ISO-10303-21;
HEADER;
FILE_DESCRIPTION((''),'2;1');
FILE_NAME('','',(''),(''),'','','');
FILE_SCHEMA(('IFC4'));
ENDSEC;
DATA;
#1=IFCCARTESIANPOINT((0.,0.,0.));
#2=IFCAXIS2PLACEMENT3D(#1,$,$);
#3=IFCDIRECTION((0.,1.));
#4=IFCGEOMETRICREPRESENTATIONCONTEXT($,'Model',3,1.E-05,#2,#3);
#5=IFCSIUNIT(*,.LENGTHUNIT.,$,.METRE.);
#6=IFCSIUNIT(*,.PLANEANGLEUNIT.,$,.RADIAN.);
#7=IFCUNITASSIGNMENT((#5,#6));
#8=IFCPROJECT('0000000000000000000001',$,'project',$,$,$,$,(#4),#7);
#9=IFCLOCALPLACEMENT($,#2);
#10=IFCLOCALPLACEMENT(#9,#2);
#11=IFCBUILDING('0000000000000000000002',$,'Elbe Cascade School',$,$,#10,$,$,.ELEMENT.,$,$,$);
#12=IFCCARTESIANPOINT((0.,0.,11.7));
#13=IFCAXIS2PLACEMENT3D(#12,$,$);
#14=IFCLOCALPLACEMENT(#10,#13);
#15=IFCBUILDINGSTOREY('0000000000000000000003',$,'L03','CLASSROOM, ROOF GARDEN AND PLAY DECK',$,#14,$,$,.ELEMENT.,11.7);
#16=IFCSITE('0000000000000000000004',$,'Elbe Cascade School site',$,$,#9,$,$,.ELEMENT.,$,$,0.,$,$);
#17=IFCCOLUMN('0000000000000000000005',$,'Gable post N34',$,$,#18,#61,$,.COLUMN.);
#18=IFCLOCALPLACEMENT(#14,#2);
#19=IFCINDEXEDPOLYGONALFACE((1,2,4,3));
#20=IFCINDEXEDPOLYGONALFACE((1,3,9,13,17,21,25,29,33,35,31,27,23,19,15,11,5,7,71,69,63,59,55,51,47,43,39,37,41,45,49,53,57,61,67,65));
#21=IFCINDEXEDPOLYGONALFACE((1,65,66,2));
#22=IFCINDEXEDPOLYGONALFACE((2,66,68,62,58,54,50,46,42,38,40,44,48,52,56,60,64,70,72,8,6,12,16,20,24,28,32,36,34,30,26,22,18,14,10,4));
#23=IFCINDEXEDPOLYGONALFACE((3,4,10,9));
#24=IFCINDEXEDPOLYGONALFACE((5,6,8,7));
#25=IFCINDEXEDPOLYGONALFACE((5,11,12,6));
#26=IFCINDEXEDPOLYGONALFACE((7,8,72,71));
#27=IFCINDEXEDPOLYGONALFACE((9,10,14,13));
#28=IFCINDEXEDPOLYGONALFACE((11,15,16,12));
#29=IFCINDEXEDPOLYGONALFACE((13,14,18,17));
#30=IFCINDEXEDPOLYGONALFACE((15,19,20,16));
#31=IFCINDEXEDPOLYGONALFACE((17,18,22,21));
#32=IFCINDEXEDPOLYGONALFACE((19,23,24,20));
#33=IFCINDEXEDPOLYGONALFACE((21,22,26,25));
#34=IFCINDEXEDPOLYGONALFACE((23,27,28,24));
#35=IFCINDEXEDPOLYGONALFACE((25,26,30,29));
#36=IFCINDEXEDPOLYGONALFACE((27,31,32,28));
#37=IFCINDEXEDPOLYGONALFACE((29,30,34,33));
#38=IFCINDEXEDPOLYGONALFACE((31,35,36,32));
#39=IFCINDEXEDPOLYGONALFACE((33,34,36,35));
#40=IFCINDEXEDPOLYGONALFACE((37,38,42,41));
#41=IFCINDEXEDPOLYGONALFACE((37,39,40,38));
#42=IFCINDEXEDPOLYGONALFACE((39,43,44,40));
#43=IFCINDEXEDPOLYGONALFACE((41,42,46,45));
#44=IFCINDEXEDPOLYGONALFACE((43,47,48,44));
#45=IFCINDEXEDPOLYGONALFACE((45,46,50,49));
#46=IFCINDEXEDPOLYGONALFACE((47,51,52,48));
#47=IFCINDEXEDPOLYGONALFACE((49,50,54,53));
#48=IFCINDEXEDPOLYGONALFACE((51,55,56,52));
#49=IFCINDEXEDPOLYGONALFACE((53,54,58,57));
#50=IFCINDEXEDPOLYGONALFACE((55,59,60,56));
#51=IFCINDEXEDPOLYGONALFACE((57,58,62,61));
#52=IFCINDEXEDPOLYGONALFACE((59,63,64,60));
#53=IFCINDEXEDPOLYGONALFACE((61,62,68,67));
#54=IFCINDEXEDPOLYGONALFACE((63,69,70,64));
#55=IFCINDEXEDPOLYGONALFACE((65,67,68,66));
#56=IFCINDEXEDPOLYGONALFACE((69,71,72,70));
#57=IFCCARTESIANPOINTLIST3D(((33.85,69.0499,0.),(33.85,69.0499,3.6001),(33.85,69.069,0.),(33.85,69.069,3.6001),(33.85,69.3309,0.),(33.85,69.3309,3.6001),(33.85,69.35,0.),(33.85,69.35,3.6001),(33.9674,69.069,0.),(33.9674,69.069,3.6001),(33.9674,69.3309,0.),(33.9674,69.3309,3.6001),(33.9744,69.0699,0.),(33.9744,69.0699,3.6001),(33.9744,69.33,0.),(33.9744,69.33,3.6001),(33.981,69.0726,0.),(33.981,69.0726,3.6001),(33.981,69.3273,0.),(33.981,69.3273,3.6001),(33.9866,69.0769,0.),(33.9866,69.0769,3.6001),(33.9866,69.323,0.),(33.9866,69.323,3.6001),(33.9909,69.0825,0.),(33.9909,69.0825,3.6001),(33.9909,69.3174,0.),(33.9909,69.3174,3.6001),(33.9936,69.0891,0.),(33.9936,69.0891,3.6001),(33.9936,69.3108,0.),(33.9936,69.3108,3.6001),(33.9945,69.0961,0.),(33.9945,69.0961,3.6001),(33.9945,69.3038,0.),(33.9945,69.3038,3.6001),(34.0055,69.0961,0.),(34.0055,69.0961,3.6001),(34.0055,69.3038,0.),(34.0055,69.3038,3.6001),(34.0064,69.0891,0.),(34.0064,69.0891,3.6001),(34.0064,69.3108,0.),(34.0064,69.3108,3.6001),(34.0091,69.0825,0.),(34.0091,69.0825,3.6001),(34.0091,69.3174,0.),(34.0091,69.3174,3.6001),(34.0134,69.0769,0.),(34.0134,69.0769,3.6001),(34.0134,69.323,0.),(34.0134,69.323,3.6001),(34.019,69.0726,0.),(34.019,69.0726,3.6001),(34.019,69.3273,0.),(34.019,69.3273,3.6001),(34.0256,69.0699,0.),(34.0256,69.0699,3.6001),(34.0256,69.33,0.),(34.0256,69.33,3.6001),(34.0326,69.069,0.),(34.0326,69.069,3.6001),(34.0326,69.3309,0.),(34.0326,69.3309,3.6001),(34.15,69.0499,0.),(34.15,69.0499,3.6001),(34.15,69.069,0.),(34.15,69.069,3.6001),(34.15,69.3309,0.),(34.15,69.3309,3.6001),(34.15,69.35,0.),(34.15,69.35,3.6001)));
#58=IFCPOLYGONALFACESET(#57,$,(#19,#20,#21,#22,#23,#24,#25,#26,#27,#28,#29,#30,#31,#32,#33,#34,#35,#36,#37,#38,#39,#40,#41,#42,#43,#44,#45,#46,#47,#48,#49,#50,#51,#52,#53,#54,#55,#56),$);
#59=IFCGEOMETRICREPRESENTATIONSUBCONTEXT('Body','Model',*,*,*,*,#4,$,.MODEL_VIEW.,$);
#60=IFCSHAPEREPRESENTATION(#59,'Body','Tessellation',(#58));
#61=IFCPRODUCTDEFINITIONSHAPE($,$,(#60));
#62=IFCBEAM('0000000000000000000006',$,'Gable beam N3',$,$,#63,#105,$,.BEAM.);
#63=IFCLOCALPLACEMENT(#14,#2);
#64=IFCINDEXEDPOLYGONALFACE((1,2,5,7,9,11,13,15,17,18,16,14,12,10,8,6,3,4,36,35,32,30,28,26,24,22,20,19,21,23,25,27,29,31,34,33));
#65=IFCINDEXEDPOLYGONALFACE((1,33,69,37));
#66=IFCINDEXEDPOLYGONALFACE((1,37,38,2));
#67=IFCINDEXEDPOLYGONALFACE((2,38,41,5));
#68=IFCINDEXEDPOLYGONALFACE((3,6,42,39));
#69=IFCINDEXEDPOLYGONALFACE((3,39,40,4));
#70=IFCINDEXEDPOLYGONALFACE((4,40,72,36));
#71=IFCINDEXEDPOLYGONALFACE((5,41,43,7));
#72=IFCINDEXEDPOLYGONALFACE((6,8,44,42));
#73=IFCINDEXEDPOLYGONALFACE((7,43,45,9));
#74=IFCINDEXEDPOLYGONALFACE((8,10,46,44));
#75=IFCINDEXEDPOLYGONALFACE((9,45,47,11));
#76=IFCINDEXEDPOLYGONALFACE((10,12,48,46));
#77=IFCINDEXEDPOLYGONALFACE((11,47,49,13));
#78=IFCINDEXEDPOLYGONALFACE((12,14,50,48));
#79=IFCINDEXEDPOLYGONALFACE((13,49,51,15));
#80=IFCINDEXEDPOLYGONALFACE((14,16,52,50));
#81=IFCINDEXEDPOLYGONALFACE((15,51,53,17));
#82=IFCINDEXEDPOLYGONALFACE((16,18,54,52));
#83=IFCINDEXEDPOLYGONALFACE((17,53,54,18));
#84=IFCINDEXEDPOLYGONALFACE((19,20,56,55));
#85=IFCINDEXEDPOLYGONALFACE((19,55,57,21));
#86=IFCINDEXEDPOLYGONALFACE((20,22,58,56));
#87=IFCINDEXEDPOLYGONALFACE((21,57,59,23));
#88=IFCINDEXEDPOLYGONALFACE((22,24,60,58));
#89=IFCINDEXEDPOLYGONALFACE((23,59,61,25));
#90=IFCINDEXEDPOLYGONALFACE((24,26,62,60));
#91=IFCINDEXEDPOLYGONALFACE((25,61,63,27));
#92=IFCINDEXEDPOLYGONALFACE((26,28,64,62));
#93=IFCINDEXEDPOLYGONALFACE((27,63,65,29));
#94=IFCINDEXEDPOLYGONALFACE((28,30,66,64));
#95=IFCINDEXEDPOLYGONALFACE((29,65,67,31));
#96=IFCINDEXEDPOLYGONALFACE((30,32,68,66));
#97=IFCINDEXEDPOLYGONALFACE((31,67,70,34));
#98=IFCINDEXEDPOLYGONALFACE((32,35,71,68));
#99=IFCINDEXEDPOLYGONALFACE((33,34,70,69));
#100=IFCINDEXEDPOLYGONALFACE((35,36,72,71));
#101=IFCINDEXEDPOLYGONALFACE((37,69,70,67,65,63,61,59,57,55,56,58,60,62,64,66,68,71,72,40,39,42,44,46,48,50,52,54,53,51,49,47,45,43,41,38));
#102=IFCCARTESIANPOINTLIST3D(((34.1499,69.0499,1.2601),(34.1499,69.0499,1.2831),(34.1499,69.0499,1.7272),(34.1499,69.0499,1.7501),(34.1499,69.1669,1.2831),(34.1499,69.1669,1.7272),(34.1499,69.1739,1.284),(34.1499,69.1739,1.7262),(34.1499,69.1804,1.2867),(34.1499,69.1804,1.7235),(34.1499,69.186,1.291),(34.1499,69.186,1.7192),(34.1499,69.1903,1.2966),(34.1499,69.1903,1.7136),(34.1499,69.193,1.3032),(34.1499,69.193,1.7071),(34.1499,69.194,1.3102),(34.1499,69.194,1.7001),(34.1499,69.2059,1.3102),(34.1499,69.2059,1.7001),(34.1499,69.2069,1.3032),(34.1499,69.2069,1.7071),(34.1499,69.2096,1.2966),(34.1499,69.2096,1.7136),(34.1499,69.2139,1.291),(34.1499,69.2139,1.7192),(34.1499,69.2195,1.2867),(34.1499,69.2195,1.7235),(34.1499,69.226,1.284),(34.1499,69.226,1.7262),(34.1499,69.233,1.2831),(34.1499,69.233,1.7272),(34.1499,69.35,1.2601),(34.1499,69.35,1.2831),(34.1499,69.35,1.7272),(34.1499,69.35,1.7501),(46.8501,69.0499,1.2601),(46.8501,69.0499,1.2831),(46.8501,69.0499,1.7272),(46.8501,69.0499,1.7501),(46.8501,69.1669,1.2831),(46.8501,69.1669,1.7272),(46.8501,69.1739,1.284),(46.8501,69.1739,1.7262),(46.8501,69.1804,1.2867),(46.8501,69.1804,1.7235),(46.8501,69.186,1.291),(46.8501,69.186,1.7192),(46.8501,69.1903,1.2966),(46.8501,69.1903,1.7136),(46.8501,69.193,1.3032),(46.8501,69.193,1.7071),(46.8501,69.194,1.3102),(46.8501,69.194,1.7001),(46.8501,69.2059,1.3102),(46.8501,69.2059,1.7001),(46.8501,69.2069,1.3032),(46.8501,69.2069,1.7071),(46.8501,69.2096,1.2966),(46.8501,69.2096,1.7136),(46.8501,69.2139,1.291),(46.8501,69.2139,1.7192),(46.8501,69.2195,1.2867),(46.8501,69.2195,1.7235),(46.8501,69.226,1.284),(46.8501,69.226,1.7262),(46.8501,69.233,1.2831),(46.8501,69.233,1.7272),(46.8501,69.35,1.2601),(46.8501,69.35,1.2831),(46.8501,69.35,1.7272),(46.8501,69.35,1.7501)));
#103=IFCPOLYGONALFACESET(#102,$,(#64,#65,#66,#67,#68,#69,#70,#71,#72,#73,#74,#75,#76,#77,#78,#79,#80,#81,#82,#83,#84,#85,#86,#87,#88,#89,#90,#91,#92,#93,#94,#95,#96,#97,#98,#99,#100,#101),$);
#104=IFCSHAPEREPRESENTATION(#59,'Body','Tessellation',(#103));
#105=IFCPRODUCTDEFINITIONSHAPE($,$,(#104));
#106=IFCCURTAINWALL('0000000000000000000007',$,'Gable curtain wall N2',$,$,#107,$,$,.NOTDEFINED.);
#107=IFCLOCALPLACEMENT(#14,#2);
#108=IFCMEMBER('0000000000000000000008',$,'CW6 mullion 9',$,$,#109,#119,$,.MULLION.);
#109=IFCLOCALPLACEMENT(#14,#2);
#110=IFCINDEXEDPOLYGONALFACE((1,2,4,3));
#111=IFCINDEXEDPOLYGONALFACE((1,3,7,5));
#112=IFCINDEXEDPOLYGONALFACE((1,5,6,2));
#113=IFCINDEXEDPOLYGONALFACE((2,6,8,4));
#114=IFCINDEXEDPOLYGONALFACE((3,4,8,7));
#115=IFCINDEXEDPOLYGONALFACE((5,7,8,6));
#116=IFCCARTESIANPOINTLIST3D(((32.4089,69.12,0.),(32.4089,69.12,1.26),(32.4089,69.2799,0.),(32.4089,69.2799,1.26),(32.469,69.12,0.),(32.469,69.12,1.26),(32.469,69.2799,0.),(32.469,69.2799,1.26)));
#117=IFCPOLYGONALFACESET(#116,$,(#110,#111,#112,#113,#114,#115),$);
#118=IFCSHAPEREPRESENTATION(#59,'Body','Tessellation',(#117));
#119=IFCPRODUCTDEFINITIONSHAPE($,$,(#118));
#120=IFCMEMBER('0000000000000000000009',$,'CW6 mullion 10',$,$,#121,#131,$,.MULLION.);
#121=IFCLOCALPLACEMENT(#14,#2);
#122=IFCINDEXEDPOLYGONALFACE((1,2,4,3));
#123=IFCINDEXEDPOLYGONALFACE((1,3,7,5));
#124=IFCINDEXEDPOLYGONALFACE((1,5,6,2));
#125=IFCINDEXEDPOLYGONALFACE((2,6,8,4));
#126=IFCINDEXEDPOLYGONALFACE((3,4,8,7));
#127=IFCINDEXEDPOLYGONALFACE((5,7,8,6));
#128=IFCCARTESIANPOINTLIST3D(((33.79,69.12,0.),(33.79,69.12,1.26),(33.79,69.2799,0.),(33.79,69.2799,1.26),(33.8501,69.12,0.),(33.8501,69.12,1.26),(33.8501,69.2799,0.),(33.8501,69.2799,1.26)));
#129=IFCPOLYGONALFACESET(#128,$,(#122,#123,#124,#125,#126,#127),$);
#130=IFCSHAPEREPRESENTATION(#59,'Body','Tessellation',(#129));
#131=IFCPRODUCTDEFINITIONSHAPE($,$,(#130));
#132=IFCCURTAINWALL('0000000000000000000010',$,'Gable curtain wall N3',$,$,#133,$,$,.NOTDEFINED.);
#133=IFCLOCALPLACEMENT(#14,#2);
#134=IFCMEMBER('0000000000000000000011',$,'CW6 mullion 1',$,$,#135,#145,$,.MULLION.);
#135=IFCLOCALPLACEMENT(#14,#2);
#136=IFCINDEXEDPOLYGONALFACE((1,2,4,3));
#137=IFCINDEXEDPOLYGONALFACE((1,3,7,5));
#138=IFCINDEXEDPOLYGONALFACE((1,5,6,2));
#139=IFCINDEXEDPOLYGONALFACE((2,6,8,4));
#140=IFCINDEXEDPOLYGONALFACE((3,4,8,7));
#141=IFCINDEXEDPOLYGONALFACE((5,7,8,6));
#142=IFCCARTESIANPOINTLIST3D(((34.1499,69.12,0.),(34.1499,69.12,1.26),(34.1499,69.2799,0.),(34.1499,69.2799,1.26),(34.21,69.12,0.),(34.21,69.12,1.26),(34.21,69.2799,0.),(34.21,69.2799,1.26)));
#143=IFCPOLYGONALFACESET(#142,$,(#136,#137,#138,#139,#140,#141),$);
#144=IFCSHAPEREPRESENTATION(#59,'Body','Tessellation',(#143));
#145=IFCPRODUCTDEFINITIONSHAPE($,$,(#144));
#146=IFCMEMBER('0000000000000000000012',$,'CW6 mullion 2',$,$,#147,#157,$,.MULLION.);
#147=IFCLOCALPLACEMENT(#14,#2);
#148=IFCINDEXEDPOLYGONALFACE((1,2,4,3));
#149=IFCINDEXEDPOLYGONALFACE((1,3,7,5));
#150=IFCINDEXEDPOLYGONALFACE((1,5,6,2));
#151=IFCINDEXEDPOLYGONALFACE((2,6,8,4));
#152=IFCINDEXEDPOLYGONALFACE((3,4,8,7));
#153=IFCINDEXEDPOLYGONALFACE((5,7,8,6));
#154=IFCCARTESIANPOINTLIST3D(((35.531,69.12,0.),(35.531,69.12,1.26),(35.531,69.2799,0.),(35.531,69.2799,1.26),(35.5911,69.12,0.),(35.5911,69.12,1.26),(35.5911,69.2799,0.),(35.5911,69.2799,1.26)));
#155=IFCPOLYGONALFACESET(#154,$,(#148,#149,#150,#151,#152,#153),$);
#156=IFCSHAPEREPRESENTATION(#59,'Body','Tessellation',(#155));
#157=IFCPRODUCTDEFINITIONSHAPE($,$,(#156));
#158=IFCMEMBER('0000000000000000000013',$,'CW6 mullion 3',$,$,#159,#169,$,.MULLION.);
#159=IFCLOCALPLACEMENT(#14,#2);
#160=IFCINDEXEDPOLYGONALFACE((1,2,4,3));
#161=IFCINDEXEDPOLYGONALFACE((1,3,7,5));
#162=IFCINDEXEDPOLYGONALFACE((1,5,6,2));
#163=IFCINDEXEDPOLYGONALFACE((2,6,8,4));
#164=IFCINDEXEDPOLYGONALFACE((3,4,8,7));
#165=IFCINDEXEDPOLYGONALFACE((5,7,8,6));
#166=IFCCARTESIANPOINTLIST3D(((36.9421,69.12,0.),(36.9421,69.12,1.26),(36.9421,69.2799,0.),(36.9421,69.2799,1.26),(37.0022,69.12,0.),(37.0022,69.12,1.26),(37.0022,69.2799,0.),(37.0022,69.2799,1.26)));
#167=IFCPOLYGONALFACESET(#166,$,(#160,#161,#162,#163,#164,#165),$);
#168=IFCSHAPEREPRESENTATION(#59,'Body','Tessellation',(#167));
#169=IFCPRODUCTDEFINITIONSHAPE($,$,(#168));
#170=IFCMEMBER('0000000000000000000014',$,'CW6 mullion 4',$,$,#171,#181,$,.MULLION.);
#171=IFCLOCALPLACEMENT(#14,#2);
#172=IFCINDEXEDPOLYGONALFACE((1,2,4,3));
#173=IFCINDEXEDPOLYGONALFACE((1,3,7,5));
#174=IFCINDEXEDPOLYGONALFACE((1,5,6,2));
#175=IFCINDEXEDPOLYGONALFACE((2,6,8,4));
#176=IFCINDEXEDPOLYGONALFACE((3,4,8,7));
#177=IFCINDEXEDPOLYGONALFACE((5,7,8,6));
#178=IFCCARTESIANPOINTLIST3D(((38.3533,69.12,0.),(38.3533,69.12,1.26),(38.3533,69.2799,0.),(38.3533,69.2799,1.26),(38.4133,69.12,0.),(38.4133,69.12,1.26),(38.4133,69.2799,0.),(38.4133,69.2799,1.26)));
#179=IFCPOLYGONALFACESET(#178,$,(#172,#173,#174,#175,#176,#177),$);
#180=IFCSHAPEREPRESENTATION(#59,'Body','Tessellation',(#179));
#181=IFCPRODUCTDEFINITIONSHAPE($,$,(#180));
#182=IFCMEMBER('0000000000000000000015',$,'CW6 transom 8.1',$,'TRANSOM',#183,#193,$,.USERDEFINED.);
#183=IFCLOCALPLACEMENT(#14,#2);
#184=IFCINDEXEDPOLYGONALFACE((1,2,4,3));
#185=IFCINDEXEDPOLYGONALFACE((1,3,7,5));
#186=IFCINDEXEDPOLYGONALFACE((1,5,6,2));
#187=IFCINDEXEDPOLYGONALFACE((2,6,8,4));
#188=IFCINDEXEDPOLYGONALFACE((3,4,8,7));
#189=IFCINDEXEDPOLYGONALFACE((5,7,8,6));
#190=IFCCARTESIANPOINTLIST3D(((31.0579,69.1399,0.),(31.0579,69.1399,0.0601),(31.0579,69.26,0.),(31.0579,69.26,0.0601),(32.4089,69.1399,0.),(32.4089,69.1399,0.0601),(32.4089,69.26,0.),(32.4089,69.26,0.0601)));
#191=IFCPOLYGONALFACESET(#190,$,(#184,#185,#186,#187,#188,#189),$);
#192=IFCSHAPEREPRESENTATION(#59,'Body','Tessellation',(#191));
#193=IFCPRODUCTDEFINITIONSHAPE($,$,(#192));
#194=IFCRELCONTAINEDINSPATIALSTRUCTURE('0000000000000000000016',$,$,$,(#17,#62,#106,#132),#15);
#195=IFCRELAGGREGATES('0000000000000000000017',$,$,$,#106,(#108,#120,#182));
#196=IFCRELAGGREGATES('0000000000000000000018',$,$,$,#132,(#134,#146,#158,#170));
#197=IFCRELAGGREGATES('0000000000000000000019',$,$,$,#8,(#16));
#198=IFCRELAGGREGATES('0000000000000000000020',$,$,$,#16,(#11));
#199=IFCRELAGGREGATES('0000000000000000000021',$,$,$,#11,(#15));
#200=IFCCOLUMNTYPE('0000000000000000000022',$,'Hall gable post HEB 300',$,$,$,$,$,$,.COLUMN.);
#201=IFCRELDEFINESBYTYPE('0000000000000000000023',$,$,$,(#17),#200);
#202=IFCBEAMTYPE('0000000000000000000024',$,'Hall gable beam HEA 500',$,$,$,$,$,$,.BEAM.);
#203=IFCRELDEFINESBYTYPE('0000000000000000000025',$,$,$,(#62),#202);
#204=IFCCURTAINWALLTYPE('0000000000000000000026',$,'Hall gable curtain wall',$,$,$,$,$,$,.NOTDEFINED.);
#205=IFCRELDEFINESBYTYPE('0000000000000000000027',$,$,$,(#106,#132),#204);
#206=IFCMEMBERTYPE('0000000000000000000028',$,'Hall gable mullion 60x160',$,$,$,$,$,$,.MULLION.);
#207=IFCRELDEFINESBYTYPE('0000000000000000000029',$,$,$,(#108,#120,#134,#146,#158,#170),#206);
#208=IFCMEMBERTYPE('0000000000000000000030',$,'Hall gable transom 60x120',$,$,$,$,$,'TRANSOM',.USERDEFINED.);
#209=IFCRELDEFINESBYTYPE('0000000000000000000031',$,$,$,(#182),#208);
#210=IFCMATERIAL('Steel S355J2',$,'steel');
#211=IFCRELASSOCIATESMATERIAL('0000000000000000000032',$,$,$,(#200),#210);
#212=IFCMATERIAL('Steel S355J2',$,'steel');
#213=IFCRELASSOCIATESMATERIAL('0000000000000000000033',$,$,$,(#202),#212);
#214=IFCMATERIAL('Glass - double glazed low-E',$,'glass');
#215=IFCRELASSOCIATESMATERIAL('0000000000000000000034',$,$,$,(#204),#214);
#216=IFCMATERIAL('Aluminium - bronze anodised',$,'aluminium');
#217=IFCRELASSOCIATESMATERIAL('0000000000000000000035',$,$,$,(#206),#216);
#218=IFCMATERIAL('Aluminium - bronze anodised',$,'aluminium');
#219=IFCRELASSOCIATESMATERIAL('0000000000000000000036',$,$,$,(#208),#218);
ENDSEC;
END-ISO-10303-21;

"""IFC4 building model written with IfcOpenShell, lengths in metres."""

from ifc_helpers import new_model, si_unit, direction, frame, origin, origin_2d, place, context, subcontext, project, spatial, rectangle, i_section, extrude, material, material_profile, profile_set, type_object, element, aggregate, save


model = new_model("IFC4")

# Units and contexts
model_context = context("Model", 3, precision=1e-05, world=origin(), true_north=direction((0.0, 1.0)))
body_context = subcontext(model_context, "Body", "Model", "MODEL_VIEW")
ifc_project = project(units=[si_unit("LENGTHUNIT", "METRE"), si_unit("PLANEANGLEUNIT", "RADIAN")], contexts=[model_context])

# Site, building, storey
site_placement = place(None, origin())
site = spatial("IfcSite", under=ifc_project, at=site_placement, Name="Elbe Cascade School site", CompositionType="ELEMENT", RefElevation=0.0)
building_placement = place(site_placement, origin())
building = spatial("IfcBuilding", under=site, at=building_placement, Name="Elbe Cascade School", CompositionType="ELEMENT")
storey_placement = place(building_placement, frame((0.0, 0.0, 11.7)))
storey = spatial("IfcBuildingStorey", under=building, at=storey_placement, Name="L03", Description="CLASSROOM, ROOF GARDEN AND PLAY DECK", CompositionType="ELEMENT", Elevation=11.7)

# Column
ifc_material_1 = material(Name="Steel S355J2", Category="steel")
ifc_material_profile_1 = material_profile(ifc_material_1, i_section(OverallWidth=0.3, OverallDepth=0.3, WebThickness=0.011, FlangeThickness=0.019, FilletRadius=0.0271, at=origin_2d()), Name="HEB 300")
ifc_profile_set_1 = profile_set([ifc_material_profile_1], Name="Steel S355J2")
column_type = type_object("IfcColumnType", Name="Hall gable post HEB 300", PredefinedType="COLUMN", material=ifc_profile_set_1)
column_placement = place(storey_placement, frame((34.0, 69.2, 0.0), z_axis=(0.0, 0.0, 1.0), x_axis=(1.0, 0.0, 0.0)))
element("IfcColumn", 1, at=column_placement, inside=storey, type_object=column_type, Name="Gable post N34", PredefinedType="COLUMN", context=body_context, shape_type="SweptSolid", body=[
    extrude(i_section(OverallWidth=0.3, OverallDepth=0.3, WebThickness=0.011, FlangeThickness=0.019, FilletRadius=0.0271, at=origin_2d()), origin(), (0.0, 0.0, 1.0), 3.6001),
])

# Beam
ifc_material_2 = material(Name="Steel S355J2", Category="steel")
ifc_material_profile_2 = material_profile(ifc_material_2, i_section(OverallWidth=0.3, OverallDepth=0.49, WebThickness=0.012, FlangeThickness=0.0229, FilletRadius=0.0271, at=origin_2d()), Name="HEA 500")
ifc_profile_set_2 = profile_set([ifc_material_profile_2], Name="Steel S355J2")
beam_type = type_object("IfcBeamType", Name="Hall gable beam HEA 500", PredefinedType="BEAM", material=ifc_profile_set_2)
beam_placement = place(storey_placement, frame((34.1499, 69.2, 1.5051), z_axis=(1.0, 0.0, 0.0), x_axis=(0.0, 1.0, 0.0)))
element("IfcBeam", 2, at=beam_placement, inside=storey, type_object=beam_type, Name="Gable beam N3", PredefinedType="BEAM", context=body_context, shape_type="SweptSolid", body=[
    extrude(i_section(OverallWidth=0.3, OverallDepth=0.49, WebThickness=0.012, FlangeThickness=0.0229, FilletRadius=0.0271, at=origin_2d()), origin(), (0.0, 0.0, 1.0), 12.7002),
])

# Curtain walls, members
ifc_material_3 = material(Name="Glass - double glazed low-E", Category="glass")
curtain_wall_type = type_object("IfcCurtainWallType", Name="Hall gable curtain wall", PredefinedType="NOTDEFINED", material=ifc_material_3)
curtain_wall_1_placement = place(storey_placement, origin())
curtain_wall_1 = element("IfcCurtainWall", 3, at=curtain_wall_1_placement, inside=storey, type_object=curtain_wall_type, Name="Gable curtain wall N2", PredefinedType="NOTDEFINED")
ifc_material_4 = material(Name="Aluminium - bronze anodised", Category="aluminium")
ifc_material_profile_3 = material_profile(ifc_material_4, rectangle(XDim=0.1599, YDim=0.0601, at=origin_2d()), Name="Alu 60x160")
ifc_profile_set_3 = profile_set([ifc_material_profile_3], Name="Aluminium - bronze anodised")
member_type_1 = type_object("IfcMemberType", Name="Hall gable mullion 60x160", PredefinedType="MULLION", material=ifc_profile_set_3)
member_1_placement = place(storey_placement, frame((32.439, 69.2, 0.0), z_axis=(0.0, 0.0, 1.0), x_axis=(0.0, 1.0, 0.0)))
member_1 = element("IfcMember", 4, at=member_1_placement, type_object=member_type_1, Name="CW6 mullion 9", PredefinedType="MULLION", context=body_context, shape_type="SweptSolid", body=[
    extrude(rectangle(XDim=0.1599, YDim=0.0601, at=origin_2d()), origin(), (0.0, 0.0, 1.0), 1.26),
])
member_2_placement = place(storey_placement, frame((33.8201, 69.2, 0.0), z_axis=(0.0, 0.0, 1.0), x_axis=(0.0, 1.0, 0.0)))
member_2 = element("IfcMember", 5, at=member_2_placement, type_object=member_type_1, Name="CW6 mullion 10", PredefinedType="MULLION", context=body_context, shape_type="SweptSolid", body=[
    extrude(rectangle(XDim=0.1599, YDim=0.0601, at=origin_2d()), origin(), (0.0, 0.0, 1.0), 1.26),
])
curtain_wall_2_placement = place(storey_placement, origin())
curtain_wall_2 = element("IfcCurtainWall", 6, at=curtain_wall_2_placement, inside=storey, type_object=curtain_wall_type, Name="Gable curtain wall N3", PredefinedType="NOTDEFINED")
member_3_placement = place(storey_placement, frame((34.1799, 69.2, 0.0), z_axis=(0.0, 0.0, 1.0), x_axis=(0.0, 1.0, 0.0)))
member_3 = element("IfcMember", 7, at=member_3_placement, type_object=member_type_1, Name="CW6 mullion 1", PredefinedType="MULLION", context=body_context, shape_type="SweptSolid", body=[
    extrude(rectangle(XDim=0.1599, YDim=0.0601, at=origin_2d()), origin(), (0.0, 0.0, 1.0), 1.26),
])
member_4_placement = place(storey_placement, frame((35.561, 69.2, 0.0), z_axis=(0.0, 0.0, 1.0), x_axis=(0.0, 1.0, 0.0)))
member_4 = element("IfcMember", 8, at=member_4_placement, type_object=member_type_1, Name="CW6 mullion 2", PredefinedType="MULLION", context=body_context, shape_type="SweptSolid", body=[
    extrude(rectangle(XDim=0.1599, YDim=0.0601, at=origin_2d()), origin(), (0.0, 0.0, 1.0), 1.26),
])
member_5_placement = place(storey_placement, frame((36.9722, 69.2, 0.0), z_axis=(0.0, 0.0, 1.0), x_axis=(0.0, 1.0, 0.0)))
member_5 = element("IfcMember", 9, at=member_5_placement, type_object=member_type_1, Name="CW6 mullion 3", PredefinedType="MULLION", context=body_context, shape_type="SweptSolid", body=[
    extrude(rectangle(XDim=0.1599, YDim=0.0601, at=origin_2d()), origin(), (0.0, 0.0, 1.0), 1.26),
])
member_6_placement = place(storey_placement, frame((38.3833, 69.2, 0.0), z_axis=(0.0, 0.0, 1.0), x_axis=(0.0, 1.0, 0.0)))
member_6 = element("IfcMember", 10, at=member_6_placement, type_object=member_type_1, Name="CW6 mullion 4", PredefinedType="MULLION", context=body_context, shape_type="SweptSolid", body=[
    extrude(rectangle(XDim=0.1599, YDim=0.0601, at=origin_2d()), origin(), (0.0, 0.0, 1.0), 1.26),
])

# Member
ifc_material_5 = material(Name="Aluminium - bronze anodised", Category="aluminium")
ifc_material_profile_4 = material_profile(ifc_material_5, rectangle(XDim=0.1201, YDim=0.0601, at=origin_2d()), Name="Alu 60x120")
ifc_profile_set_4 = profile_set([ifc_material_profile_4], Name="Aluminium - bronze anodised")
member_type_2 = type_object("IfcMemberType", Name="Hall gable transom 60x120", ElementType="TRANSOM", PredefinedType="USERDEFINED", material=ifc_profile_set_4)
member_7_placement = place(storey_placement, frame((31.0579, 69.2, 0.03), z_axis=(1.0, 0.0, 0.0), x_axis=(0.0, 1.0, 0.0)))
member_7 = element("IfcMember", 11, at=member_7_placement, type_object=member_type_2, Name="CW6 transom 8.1", ObjectType="TRANSOM", PredefinedType="USERDEFINED", context=body_context, shape_type="SweptSolid", body=[
    extrude(rectangle(XDim=0.1201, YDim=0.0601, at=origin_2d()), origin(), (0.0, 0.0, 1.0), 1.3511),
])

aggregate(curtain_wall_1, [member_1, member_2, member_7])
aggregate(curtain_wall_2, [member_3, member_4, member_5, member_6])

save(model, "model.ifc")
